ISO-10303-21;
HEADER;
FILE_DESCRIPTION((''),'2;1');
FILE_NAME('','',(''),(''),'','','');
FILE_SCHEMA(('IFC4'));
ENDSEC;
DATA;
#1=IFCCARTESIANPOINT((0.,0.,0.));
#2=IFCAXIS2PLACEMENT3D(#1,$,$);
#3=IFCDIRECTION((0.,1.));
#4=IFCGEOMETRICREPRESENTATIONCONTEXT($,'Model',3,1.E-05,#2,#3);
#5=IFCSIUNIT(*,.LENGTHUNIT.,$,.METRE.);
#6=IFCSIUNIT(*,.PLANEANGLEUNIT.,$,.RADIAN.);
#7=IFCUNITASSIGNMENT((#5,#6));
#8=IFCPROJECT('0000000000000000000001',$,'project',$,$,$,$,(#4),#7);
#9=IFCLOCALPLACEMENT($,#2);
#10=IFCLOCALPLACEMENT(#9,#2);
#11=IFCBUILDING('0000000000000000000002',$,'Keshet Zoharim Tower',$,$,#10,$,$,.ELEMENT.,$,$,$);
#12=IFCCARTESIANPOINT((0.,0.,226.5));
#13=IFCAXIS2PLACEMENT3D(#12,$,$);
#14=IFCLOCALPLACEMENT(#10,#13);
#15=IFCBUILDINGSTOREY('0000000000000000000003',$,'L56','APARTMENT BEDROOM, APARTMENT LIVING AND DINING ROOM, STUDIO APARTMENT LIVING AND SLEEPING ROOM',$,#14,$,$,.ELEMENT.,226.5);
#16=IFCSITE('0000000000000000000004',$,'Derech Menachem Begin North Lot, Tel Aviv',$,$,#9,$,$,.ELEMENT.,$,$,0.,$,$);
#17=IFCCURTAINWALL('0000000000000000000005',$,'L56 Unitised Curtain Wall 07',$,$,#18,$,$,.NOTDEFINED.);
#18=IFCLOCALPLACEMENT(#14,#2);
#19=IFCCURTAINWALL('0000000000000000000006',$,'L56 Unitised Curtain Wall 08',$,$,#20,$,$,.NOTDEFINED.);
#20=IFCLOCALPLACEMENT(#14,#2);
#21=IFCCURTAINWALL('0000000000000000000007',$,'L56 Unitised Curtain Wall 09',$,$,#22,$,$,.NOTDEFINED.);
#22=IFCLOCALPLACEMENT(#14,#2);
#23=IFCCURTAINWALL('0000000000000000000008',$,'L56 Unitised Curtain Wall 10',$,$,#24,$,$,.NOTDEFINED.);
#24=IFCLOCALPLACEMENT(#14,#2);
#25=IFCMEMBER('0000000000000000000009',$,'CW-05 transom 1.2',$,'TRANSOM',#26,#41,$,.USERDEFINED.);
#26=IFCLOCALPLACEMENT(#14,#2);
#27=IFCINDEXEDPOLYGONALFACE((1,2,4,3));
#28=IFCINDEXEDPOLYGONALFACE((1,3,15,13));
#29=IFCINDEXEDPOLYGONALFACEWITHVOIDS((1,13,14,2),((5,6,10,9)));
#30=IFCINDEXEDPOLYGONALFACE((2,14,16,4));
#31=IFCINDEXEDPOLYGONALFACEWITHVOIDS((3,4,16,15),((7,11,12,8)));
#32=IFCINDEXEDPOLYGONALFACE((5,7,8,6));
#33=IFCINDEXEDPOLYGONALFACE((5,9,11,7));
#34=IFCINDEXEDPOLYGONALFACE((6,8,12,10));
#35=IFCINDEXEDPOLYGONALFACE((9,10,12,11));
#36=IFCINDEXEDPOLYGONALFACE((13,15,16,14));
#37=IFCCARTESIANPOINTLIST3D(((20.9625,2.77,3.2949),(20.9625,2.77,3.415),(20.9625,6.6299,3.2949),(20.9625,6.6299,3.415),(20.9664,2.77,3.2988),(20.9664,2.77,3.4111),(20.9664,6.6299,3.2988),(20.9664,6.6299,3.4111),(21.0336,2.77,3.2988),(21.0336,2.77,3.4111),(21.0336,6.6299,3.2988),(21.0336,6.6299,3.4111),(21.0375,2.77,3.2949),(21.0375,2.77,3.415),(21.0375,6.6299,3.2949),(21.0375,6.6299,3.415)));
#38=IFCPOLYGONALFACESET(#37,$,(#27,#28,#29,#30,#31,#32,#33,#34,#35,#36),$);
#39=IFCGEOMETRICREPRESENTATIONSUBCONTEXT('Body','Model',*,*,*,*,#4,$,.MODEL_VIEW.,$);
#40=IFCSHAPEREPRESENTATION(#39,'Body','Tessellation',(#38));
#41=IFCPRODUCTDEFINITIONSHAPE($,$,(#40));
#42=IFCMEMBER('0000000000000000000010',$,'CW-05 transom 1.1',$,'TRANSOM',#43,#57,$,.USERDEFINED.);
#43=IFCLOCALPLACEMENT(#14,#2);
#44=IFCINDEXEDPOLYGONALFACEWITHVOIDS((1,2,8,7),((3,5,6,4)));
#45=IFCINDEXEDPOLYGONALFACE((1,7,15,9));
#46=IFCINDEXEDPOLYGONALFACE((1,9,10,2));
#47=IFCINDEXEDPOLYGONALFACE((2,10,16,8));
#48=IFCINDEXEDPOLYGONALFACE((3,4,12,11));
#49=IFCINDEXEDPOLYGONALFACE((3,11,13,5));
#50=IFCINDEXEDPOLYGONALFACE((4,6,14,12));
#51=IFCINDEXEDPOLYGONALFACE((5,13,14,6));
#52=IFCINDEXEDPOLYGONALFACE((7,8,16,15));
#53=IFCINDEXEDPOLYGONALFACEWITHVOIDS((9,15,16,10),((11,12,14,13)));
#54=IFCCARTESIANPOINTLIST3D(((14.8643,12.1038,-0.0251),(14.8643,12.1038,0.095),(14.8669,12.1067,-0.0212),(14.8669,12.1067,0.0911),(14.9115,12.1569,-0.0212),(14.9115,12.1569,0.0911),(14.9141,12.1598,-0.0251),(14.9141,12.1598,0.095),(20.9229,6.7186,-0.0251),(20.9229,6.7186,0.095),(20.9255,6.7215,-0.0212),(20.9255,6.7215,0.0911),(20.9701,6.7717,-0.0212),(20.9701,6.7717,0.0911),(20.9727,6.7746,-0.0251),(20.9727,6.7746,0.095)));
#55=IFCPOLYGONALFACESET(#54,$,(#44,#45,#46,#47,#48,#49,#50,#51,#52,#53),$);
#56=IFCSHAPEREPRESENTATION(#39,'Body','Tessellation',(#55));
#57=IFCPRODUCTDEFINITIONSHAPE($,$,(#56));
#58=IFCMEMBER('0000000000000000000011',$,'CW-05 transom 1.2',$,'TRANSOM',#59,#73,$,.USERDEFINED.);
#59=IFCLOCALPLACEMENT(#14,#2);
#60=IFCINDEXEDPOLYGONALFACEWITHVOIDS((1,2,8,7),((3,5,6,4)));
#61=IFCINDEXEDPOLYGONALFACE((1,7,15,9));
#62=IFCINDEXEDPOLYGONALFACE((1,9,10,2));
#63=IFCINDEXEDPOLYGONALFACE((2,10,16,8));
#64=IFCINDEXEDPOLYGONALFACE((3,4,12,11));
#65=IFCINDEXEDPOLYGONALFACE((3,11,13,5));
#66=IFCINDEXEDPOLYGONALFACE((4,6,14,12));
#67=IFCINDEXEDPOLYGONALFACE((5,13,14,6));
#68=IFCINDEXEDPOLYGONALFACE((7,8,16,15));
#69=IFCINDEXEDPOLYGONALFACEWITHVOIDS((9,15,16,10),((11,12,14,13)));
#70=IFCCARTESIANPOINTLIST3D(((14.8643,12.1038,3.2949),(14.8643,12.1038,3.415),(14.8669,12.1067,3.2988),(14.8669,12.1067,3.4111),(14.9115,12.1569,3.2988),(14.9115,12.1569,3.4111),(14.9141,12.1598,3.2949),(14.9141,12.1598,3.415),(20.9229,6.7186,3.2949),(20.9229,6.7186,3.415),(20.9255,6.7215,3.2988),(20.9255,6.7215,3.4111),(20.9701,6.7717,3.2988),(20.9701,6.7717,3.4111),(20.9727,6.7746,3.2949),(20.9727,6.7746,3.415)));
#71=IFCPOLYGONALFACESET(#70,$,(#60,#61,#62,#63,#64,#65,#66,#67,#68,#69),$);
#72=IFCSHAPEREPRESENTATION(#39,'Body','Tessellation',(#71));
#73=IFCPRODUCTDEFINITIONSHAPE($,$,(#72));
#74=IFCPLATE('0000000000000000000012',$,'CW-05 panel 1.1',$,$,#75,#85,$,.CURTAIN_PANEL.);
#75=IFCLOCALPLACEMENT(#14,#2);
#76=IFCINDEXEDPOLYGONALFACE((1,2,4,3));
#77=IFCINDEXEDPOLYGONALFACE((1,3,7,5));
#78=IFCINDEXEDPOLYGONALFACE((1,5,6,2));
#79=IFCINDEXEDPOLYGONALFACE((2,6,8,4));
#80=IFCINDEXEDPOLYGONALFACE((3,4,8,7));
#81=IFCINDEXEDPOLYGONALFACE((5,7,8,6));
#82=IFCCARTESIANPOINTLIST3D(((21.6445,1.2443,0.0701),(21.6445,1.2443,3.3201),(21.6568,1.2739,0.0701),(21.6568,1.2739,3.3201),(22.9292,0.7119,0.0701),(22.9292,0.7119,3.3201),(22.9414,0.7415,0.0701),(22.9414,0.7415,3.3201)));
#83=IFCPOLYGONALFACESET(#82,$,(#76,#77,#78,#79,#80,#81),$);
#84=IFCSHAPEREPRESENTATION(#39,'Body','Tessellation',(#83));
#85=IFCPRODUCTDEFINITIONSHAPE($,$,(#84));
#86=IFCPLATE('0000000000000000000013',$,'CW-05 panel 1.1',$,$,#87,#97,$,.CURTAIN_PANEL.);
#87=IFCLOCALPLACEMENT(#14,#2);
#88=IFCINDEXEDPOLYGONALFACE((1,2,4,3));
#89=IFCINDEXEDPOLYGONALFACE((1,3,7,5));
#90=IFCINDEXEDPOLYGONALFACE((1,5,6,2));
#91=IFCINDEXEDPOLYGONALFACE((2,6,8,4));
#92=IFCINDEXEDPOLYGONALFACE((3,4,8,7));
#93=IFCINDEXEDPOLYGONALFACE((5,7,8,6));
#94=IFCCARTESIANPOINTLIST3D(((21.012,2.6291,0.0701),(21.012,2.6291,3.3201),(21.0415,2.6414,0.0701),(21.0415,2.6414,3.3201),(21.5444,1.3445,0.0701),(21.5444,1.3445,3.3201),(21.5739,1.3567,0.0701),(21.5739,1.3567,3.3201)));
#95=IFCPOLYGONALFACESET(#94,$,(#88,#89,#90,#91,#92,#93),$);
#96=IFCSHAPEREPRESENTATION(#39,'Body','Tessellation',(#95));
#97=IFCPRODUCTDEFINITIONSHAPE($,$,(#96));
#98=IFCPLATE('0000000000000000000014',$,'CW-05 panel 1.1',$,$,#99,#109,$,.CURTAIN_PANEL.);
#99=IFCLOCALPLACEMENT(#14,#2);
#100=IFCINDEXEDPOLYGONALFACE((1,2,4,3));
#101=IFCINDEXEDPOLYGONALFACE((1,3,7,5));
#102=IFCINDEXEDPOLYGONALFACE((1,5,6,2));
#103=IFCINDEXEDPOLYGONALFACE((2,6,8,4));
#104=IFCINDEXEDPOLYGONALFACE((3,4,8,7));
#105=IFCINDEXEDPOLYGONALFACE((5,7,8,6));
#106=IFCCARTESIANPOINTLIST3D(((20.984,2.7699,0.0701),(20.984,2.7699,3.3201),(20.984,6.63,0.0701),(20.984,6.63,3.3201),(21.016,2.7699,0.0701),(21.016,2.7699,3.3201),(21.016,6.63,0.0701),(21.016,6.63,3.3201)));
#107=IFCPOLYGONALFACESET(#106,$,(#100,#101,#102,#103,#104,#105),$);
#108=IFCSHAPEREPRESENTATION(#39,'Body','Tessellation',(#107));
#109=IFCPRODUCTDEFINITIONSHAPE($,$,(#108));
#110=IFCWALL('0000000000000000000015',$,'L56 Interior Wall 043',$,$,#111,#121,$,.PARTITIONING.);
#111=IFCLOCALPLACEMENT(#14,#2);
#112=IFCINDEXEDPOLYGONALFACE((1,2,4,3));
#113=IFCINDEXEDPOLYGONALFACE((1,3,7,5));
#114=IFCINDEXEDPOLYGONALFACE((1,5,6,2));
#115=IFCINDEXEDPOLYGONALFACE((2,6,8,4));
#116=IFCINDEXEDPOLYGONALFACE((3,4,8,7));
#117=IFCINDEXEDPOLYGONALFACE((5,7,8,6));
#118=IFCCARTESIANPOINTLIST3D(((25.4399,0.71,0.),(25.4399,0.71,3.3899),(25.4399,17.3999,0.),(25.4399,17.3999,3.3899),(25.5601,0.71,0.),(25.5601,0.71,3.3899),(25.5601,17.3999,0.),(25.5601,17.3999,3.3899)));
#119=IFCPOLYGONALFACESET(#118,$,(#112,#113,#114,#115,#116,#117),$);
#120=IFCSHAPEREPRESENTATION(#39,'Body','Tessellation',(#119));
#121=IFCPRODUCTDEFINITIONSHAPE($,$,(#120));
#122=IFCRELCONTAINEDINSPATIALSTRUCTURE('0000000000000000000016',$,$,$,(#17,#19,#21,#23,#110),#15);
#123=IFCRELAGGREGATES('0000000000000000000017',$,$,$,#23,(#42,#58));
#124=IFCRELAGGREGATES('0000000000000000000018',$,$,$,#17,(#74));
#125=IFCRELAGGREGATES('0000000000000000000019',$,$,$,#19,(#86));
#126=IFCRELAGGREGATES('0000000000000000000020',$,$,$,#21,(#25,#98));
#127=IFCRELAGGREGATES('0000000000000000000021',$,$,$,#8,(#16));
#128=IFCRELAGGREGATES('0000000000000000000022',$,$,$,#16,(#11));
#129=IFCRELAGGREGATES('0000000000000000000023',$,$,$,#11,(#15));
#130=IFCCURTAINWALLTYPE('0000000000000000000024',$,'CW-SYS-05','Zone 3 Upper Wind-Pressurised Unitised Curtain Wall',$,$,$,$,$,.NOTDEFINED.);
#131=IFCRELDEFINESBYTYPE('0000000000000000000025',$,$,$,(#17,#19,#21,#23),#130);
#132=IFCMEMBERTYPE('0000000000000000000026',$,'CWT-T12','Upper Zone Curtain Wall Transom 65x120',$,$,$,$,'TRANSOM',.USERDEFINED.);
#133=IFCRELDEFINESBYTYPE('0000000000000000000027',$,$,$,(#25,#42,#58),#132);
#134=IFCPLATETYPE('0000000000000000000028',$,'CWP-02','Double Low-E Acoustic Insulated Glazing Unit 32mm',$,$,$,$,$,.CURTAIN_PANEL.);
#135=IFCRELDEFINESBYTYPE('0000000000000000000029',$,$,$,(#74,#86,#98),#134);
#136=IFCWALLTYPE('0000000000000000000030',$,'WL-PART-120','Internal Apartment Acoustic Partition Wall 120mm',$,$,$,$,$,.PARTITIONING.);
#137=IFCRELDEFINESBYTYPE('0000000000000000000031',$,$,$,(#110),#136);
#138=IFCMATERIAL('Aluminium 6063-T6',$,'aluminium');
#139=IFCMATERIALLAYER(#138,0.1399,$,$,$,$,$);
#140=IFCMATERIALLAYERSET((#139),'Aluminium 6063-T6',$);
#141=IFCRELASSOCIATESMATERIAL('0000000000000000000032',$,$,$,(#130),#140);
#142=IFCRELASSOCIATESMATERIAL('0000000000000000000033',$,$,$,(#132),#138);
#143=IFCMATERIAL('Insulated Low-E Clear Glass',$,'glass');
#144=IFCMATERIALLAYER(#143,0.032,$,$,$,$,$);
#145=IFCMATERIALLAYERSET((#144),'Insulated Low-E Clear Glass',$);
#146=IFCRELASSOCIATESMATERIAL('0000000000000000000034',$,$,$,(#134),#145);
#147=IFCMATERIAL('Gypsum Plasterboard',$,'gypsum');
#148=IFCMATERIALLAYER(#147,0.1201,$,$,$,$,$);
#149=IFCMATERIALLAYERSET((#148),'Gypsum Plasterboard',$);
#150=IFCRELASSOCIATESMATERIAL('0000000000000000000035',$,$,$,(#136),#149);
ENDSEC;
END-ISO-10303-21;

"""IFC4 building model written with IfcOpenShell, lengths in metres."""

from ifc_helpers import new_model, si_unit, direction, frame, frame_2d, origin, origin_2d, place, context, subcontext, project, spatial, rectangle, hollow_rectangle, extrude, material, layer, layer_set, material_profile, profile_set, type_object, element, aggregate, save


model = new_model("IFC4")

# Units and contexts
model_context = context("Model", 3, precision=1e-05, world=origin(), true_north=direction((0.0, 1.0)))
body_context = subcontext(model_context, "Body", "Model", "MODEL_VIEW")
ifc_project = project(units=[si_unit("LENGTHUNIT", "METRE"), si_unit("PLANEANGLEUNIT", "RADIAN")], contexts=[model_context])

# Site, building, storey
site_placement = place(None, origin())
site = spatial("IfcSite", under=ifc_project, at=site_placement, Name="Derech Menachem Begin North Lot, Tel Aviv", CompositionType="ELEMENT", RefElevation=0.0)
building_placement = place(site_placement, origin())
building = spatial("IfcBuilding", under=site, at=building_placement, Name="Keshet Zoharim Tower", CompositionType="ELEMENT")
storey_placement = place(building_placement, frame((0.0, 0.0, 226.5)))
storey = spatial("IfcBuildingStorey", under=building, at=storey_placement, Name="L56", Description="APARTMENT BEDROOM, APARTMENT LIVING AND DINING ROOM, STUDIO APARTMENT LIVING AND SLEEPING ROOM", CompositionType="ELEMENT", Elevation=226.5)

# Shared definitions
ifc_material_1 = material(Name="Aluminium 6063-T6", Category="aluminium")
ifc_layer_1 = layer(ifc_material_1, 0.1399)
ifc_layer_set_1 = layer_set([ifc_layer_1], Name="Aluminium 6063-T6")
curtain_wall_type = type_object("IfcCurtainWallType", Name="CW-SYS-05", Description="Zone 3 Upper Wind-Pressurised Unitised Curtain Wall", PredefinedType="NOTDEFINED", material=ifc_layer_set_1)

# Curtain walls
curtain_wall_1_placement = place(storey_placement, origin())
curtain_wall_1 = element("IfcCurtainWall", 1, at=curtain_wall_1_placement, inside=storey, type_object=curtain_wall_type, Name="L56 Unitised Curtain Wall 07", PredefinedType="NOTDEFINED")
curtain_wall_2_placement = place(storey_placement, origin())
curtain_wall_2 = element("IfcCurtainWall", 2, at=curtain_wall_2_placement, inside=storey, type_object=curtain_wall_type, Name="L56 Unitised Curtain Wall 08", PredefinedType="NOTDEFINED")
curtain_wall_3_placement = place(storey_placement, origin())
curtain_wall_3 = element("IfcCurtainWall", 3, at=curtain_wall_3_placement, inside=storey, type_object=curtain_wall_type, Name="L56 Unitised Curtain Wall 09", PredefinedType="NOTDEFINED")

# Curtain wall
curtain_wall_4_placement = place(storey_placement, origin())
curtain_wall_4 = element("IfcCurtainWall", 4, at=curtain_wall_4_placement, inside=storey, type_object=curtain_wall_type, Name="L56 Unitised Curtain Wall 10", PredefinedType="NOTDEFINED")

# Members
ifc_material_profile_1 = material_profile(ifc_material_1, hollow_rectangle(XDim=0.075, YDim=0.1201, WallThickness=0.0039, at=origin_2d()), Name="TRN-75x120")
ifc_profile_set_1 = profile_set([ifc_material_profile_1], Name="Aluminium 6063-T6")
member_type_1 = type_object("IfcMemberType", Name="CWT-T12", Description="Upper Zone Curtain Wall Transom 65x120", ElementType="TRANSOM", PredefinedType="USERDEFINED", material=ifc_profile_set_1)
member_1_placement = place(storey_placement, frame((21.0, 2.77, 3.355), z_axis=(0.0, 1.0, 0.0), x_axis=(-1.0, 0.0, 0.0)))
member_1 = element("IfcMember", 5, at=member_1_placement, type_object=member_type_1, Name="CW-05 transom 1.2", ObjectType="TRANSOM", PredefinedType="USERDEFINED", context=body_context, shape_type="SweptSolid", body=[
    extrude(hollow_rectangle(XDim=0.075, YDim=0.1201, WallThickness=0.0039, at=origin_2d()), origin(), (0.0, 0.0, 1.0), 3.8599),
])
member_2_placement = place(storey_placement, frame((20.9478, 6.7466, 0.0349), z_axis=(-0.747419, 0.664353, 0.0), x_axis=(-0.664353, -0.747419, 0.0)))
member_2 = element("IfcMember", 6, at=member_2_placement, type_object=member_type_1, Name="CW-05 transom 1.1", ObjectType="TRANSOM", PredefinedType="USERDEFINED", context=body_context, shape_type="SweptSolid", body=[
    extrude(hollow_rectangle(XDim=0.075, YDim=0.1201, WallThickness=0.0039, at=origin_2d()), origin(), (0.0, 0.0, 1.0), 8.106),
])
member_3_placement = place(storey_placement, frame((20.9478, 6.7466, 3.355), z_axis=(-0.747419, 0.664353, 0.0), x_axis=(-0.664353, -0.747419, 0.0)))
member_3 = element("IfcMember", 7, at=member_3_placement, type_object=member_type_1, Name="CW-05 transom 1.2", ObjectType="TRANSOM", PredefinedType="USERDEFINED", context=body_context, shape_type="SweptSolid", body=[
    extrude(hollow_rectangle(XDim=0.075, YDim=0.1201, WallThickness=0.0039, at=origin_2d()), origin(), (0.0, 0.0, 1.0), 8.106),
])
aggregate(curtain_wall_4, [member_2, member_3])

# Plates
ifc_material_2 = material(Name="Insulated Low-E Clear Glass", Category="glass")
ifc_layer_2 = layer(ifc_material_2, 0.032)
ifc_layer_set_2 = layer_set([ifc_layer_2], Name="Insulated Low-E Clear Glass")
plate_type = type_object("IfcPlateType", Name="CWP-02", Description="Double Low-E Acoustic Insulated Glazing Unit 32mm", PredefinedType="CURTAIN_PANEL", material=ifc_layer_set_2)
plate_1_placement = place(storey_placement, frame((22.293, 0.9929, 0.0701), z_axis=(0.0, 0.0, 1.0), x_axis=(-0.92381, 0.382852, 0.0)))
plate_1 = element("IfcPlate", 8, at=plate_1_placement, type_object=plate_type, Name="CW-05 panel 1.1", PredefinedType="CURTAIN_PANEL", context=body_context, shape_type="SweptSolid", body=[
    extrude(rectangle(XDim=1.3906, YDim=0.032, at=origin_2d()), origin(), (0.0, 0.0, 1.0), 3.25),
])
aggregate(curtain_wall_1, [plate_1])
plate_2_placement = place(storey_placement, frame((21.293, 1.9929, 0.0701), z_axis=(0.0, 0.0, 1.0), x_axis=(-0.382852, 0.92381, 0.0)))
plate_2 = element("IfcPlate", 9, at=plate_2_placement, type_object=plate_type, Name="CW-05 panel 1.1", PredefinedType="CURTAIN_PANEL", context=body_context, shape_type="SweptSolid", body=[
    extrude(rectangle(XDim=1.3906, YDim=0.032, at=origin_2d()), origin(), (0.0, 0.0, 1.0), 3.25),
])
aggregate(curtain_wall_2, [plate_2])
plate_3_placement = place(storey_placement, frame((21.0, 4.7, 0.0701), z_axis=(0.0, 0.0, 1.0), x_axis=(0.0, 1.0, 0.0)))
plate_3 = element("IfcPlate", 10, at=plate_3_placement, type_object=plate_type, Name="CW-05 panel 1.1", PredefinedType="CURTAIN_PANEL", context=body_context, shape_type="SweptSolid", body=[
    extrude(rectangle(XDim=3.8601, YDim=0.032, at=origin_2d()), origin(), (0.0, 0.0, 1.0), 3.25),
])
aggregate(curtain_wall_3, [member_1, plate_3])

# Wall
ifc_material_3 = material(Name="Gypsum Plasterboard", Category="gypsum")
ifc_layer_3 = layer(ifc_material_3, 0.1201)
ifc_layer_set_3 = layer_set([ifc_layer_3], Name="Gypsum Plasterboard")
wall_type = type_object("IfcWallType", Name="WL-PART-120", Description="Internal Apartment Acoustic Partition Wall 120mm", PredefinedType="PARTITIONING", material=ifc_layer_set_3)
wall_placement = place(storey_placement, frame((25.5, 0.71, 0.0), z_axis=(0.0, 0.0, 1.0), x_axis=(0.0, 1.0, 0.0)))
element("IfcWall", 11, at=wall_placement, inside=storey, type_object=wall_type, Name="L56 Interior Wall 043", PredefinedType="PARTITIONING", context=body_context, shape_type="SweptSolid", body=[
    extrude(rectangle(XDim=16.6899, YDim=0.1201, at=frame_2d((8.345, 0.0))), origin(), (0.0, 0.0, 1.0), 3.3899),
])

save(model, "model.ifc")
